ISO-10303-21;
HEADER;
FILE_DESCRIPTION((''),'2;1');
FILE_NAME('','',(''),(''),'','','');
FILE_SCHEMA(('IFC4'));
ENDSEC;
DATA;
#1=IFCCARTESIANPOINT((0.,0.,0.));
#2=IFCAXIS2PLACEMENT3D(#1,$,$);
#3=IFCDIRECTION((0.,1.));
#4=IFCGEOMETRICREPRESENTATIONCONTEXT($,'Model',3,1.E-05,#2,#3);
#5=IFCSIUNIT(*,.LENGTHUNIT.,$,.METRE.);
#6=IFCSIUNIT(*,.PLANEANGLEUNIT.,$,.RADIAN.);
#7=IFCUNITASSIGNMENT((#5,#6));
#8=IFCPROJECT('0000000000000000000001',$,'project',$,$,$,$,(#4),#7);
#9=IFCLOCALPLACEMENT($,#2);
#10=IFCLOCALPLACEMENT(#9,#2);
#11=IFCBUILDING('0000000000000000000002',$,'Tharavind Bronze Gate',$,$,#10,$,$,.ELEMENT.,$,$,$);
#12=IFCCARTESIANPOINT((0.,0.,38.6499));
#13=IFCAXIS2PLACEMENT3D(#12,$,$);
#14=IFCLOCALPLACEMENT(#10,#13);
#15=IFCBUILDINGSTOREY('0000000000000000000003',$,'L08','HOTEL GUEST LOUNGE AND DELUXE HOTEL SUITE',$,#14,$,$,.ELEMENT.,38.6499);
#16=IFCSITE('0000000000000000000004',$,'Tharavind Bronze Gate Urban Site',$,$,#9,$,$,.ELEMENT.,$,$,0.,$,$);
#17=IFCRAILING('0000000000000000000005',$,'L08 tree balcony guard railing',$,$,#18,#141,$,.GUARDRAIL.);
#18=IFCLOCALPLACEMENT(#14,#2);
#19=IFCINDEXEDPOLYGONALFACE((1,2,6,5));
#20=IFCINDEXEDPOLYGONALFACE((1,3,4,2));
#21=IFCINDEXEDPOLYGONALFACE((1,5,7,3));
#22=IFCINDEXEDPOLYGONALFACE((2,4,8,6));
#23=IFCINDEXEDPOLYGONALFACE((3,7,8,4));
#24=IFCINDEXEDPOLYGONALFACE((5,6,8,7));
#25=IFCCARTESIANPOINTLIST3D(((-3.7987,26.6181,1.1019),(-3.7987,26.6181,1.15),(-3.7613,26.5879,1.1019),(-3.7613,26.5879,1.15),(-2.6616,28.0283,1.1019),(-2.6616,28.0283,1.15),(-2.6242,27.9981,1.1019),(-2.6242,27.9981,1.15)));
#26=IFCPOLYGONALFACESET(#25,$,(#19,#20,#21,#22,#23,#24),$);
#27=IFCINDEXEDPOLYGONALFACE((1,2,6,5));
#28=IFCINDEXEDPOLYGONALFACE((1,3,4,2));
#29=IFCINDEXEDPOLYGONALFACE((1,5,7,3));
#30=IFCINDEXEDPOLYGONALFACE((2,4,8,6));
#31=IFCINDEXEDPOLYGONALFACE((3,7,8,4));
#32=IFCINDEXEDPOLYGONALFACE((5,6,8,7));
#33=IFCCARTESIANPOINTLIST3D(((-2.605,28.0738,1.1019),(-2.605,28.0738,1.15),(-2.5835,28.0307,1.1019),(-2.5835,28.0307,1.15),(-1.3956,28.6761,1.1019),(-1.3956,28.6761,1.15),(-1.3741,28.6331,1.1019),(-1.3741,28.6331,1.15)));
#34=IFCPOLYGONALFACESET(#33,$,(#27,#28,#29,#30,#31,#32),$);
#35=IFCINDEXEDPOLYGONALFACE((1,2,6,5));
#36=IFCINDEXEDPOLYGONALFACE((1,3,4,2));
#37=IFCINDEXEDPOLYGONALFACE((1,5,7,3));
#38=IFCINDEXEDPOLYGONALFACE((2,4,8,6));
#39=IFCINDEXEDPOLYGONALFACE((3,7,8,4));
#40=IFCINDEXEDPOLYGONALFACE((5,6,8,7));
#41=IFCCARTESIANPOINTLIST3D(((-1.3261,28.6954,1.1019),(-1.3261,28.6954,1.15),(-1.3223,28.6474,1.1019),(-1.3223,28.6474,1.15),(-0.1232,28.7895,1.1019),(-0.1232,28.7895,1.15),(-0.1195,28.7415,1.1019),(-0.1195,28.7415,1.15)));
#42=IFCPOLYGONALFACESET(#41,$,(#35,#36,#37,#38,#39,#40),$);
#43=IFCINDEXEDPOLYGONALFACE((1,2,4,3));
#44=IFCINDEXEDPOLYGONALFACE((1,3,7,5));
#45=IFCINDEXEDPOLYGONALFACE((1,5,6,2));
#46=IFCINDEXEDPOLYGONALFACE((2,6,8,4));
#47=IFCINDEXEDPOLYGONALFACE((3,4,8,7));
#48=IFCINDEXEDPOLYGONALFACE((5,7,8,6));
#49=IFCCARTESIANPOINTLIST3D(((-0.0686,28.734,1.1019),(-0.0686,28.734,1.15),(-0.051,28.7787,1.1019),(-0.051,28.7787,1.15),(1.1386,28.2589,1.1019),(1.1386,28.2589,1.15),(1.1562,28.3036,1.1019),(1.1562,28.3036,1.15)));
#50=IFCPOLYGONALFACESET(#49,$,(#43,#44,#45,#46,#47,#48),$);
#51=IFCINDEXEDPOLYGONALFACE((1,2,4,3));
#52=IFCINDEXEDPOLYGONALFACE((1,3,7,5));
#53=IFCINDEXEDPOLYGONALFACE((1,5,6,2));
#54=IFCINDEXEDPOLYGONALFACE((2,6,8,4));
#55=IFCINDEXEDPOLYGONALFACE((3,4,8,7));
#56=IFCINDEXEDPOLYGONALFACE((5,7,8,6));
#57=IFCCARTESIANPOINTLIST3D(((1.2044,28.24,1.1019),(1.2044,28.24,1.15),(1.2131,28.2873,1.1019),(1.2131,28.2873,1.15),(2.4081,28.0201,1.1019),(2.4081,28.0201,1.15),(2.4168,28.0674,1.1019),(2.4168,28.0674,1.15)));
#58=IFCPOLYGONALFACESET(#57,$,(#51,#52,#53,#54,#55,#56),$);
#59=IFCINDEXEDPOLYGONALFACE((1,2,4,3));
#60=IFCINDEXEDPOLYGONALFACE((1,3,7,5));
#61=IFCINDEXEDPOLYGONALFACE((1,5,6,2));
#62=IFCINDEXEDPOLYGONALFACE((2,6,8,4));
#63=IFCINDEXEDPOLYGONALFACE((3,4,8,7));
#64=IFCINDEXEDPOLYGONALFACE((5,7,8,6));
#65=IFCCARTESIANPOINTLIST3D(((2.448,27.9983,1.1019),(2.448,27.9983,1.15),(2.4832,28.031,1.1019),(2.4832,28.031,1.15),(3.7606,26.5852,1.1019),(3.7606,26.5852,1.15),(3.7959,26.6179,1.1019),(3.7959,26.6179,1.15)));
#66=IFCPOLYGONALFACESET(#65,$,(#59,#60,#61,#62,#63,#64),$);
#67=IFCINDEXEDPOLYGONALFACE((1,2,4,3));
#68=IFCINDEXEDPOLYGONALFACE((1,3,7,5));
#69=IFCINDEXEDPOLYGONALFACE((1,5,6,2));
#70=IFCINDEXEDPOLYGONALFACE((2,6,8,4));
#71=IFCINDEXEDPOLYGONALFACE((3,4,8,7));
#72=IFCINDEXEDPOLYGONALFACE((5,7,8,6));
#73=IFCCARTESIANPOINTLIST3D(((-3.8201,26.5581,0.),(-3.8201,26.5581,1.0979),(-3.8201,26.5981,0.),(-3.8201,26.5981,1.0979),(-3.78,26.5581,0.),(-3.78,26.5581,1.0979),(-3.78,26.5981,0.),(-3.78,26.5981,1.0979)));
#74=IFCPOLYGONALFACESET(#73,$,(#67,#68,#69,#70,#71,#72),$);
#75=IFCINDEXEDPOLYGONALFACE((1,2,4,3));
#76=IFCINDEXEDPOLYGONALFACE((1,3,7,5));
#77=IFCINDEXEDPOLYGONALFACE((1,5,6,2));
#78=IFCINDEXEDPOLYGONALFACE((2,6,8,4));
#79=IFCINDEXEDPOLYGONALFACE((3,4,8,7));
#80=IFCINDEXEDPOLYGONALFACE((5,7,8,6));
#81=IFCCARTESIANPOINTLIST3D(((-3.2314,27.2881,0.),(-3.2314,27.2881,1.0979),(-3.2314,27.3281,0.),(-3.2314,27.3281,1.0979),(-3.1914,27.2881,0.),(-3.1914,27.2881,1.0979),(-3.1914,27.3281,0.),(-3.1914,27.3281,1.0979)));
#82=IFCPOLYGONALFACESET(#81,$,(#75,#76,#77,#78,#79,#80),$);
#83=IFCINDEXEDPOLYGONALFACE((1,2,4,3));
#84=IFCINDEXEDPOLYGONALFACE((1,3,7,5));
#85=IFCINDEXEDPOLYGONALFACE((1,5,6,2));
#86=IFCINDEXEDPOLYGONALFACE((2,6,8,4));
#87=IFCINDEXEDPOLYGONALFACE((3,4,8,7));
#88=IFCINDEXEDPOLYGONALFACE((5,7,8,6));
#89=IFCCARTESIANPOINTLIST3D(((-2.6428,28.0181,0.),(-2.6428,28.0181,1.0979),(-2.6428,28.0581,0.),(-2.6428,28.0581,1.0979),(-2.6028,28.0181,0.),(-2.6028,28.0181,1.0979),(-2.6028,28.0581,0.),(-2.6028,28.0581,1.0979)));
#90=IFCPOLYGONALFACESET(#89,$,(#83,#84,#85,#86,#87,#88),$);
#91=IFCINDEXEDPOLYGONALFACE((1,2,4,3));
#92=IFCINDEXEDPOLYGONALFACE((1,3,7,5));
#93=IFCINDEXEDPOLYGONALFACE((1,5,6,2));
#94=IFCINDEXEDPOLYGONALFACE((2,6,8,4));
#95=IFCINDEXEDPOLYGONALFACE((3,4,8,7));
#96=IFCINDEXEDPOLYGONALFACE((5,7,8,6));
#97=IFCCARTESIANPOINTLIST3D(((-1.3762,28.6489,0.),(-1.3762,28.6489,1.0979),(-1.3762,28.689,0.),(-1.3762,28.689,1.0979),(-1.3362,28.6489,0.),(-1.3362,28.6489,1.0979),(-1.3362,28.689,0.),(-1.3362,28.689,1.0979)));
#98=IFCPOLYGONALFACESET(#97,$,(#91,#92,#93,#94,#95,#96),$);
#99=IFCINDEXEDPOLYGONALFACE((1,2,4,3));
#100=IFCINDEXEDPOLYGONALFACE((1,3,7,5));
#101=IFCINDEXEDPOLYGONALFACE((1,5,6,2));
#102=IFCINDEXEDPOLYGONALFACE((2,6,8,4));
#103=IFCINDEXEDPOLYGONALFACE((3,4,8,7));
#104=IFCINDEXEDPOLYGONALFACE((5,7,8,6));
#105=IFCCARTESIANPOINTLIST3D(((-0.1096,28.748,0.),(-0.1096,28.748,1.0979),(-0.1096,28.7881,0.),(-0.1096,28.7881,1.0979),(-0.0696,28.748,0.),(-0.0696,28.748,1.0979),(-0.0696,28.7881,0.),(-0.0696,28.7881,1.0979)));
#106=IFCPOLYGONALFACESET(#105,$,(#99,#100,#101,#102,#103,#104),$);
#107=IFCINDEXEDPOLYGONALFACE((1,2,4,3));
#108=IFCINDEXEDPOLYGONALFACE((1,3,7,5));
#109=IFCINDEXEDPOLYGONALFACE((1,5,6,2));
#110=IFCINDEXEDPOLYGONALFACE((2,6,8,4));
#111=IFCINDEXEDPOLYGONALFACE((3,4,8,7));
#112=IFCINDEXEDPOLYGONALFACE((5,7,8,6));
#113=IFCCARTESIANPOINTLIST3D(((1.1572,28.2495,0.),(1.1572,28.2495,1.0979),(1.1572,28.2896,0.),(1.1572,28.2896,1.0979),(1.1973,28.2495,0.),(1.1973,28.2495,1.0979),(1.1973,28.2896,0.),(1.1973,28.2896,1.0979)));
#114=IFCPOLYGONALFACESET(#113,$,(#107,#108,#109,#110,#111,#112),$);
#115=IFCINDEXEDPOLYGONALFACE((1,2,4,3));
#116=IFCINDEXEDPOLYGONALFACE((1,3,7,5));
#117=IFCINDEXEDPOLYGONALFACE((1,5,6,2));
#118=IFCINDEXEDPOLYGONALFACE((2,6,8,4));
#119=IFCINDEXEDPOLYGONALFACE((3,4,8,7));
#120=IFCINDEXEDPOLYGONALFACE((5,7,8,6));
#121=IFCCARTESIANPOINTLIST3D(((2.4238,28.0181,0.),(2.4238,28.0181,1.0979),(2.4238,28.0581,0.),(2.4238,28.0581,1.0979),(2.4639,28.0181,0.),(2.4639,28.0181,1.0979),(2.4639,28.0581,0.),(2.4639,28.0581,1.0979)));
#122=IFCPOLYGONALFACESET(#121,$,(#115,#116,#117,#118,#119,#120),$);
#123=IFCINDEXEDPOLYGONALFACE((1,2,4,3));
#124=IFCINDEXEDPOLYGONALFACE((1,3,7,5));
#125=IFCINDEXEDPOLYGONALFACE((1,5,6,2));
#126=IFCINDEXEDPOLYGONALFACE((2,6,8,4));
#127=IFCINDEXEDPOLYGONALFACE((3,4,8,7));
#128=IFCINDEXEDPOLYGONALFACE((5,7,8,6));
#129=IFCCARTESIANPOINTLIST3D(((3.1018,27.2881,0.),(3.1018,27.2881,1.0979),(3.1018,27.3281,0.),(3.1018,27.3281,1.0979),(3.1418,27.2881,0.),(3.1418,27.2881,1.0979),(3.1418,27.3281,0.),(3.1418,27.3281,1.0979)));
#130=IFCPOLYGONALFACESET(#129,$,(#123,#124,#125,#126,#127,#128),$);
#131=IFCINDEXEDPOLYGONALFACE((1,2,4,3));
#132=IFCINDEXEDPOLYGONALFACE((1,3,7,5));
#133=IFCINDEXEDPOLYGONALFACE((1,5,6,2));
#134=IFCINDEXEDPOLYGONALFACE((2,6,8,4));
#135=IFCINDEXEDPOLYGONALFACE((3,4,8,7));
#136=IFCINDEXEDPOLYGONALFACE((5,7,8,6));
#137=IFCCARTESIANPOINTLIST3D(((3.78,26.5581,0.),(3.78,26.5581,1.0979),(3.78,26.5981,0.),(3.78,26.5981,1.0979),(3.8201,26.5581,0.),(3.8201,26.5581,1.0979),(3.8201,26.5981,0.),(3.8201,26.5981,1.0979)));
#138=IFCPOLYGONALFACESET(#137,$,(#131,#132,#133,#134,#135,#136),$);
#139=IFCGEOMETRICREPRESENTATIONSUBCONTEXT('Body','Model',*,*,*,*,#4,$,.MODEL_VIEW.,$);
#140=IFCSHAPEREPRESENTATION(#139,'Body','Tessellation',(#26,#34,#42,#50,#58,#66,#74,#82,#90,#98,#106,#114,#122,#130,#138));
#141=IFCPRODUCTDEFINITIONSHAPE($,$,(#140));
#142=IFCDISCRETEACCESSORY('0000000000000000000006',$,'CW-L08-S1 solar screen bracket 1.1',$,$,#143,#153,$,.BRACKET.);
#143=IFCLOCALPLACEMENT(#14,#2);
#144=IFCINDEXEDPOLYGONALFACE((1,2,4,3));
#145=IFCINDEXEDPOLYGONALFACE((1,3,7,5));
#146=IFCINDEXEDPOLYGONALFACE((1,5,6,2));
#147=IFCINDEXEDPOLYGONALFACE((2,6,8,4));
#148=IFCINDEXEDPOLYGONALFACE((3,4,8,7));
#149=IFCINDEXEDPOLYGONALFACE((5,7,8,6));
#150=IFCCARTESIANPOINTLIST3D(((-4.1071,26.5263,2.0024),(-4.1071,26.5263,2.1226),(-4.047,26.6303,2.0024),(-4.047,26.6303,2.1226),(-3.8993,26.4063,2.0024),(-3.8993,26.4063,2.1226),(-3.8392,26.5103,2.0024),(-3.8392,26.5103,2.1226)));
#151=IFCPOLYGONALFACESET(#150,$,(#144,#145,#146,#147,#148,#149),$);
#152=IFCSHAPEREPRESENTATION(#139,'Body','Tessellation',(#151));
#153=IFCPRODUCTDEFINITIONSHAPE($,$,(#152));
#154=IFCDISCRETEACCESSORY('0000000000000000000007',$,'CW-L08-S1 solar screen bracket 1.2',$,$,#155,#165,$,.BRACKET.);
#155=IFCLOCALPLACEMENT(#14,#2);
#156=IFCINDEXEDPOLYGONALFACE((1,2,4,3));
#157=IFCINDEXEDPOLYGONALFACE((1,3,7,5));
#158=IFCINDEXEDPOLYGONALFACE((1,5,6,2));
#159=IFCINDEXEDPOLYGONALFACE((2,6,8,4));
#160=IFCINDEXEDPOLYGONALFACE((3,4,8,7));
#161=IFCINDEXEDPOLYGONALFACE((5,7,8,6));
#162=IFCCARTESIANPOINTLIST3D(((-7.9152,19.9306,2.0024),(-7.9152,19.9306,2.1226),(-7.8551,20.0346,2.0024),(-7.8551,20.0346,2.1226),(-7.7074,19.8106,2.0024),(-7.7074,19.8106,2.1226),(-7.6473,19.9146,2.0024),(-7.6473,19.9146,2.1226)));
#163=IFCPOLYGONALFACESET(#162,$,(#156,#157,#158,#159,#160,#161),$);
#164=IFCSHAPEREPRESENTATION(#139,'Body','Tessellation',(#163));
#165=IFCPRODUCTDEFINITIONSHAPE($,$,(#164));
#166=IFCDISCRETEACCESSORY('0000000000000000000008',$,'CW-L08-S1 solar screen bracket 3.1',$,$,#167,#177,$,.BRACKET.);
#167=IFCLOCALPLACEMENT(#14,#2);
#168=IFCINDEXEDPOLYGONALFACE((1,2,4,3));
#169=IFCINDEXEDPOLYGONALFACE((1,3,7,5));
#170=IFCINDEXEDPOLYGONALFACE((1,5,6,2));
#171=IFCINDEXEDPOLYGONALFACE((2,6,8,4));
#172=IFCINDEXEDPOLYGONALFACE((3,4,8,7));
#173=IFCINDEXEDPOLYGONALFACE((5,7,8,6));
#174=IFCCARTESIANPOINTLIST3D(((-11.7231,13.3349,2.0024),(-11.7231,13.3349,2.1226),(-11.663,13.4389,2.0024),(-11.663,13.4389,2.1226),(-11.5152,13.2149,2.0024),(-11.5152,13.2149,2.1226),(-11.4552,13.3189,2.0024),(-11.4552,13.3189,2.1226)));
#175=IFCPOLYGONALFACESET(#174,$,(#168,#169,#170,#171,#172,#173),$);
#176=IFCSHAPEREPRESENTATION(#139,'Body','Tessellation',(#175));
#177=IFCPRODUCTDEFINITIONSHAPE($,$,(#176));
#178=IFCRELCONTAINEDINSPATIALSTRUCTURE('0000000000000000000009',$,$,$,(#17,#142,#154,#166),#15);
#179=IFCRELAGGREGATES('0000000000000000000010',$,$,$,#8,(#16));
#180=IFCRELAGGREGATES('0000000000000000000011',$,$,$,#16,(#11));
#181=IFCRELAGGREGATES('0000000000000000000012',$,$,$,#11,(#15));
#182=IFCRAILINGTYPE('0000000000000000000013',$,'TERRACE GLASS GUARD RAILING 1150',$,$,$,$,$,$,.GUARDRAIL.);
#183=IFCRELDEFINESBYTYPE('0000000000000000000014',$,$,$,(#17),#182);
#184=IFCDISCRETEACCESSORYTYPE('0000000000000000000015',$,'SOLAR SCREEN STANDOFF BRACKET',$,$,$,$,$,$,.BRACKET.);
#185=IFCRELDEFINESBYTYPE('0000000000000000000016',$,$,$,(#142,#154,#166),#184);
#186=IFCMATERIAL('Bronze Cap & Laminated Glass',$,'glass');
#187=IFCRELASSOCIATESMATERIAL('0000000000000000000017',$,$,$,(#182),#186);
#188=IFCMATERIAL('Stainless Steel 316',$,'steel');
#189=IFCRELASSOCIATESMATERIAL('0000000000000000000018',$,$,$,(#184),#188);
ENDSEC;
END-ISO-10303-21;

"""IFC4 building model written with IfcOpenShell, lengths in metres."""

from ifc_helpers import new_model, si_unit, direction, frame, origin, origin_2d, place, context, subcontext, project, spatial, rectangle, extrude, material, type_object, element, save


model = new_model("IFC4")

# Units and contexts
model_context = context("Model", 3, precision=1e-05, world=origin(), true_north=direction((0.0, 1.0)))
body_context = subcontext(model_context, "Body", "Model", "MODEL_VIEW")
ifc_project = project(units=[si_unit("LENGTHUNIT", "METRE"), si_unit("PLANEANGLEUNIT", "RADIAN")], contexts=[model_context])

# Site, building, storey
site_placement = place(None, origin())
site = spatial("IfcSite", under=ifc_project, at=site_placement, Name="Tharavind Bronze Gate Urban Site", CompositionType="ELEMENT", RefElevation=0.0)
building_placement = place(site_placement, origin())
building = spatial("IfcBuilding", under=site, at=building_placement, Name="Tharavind Bronze Gate", CompositionType="ELEMENT")
storey_placement = place(building_placement, frame((0.0, 0.0, 38.6499)))
storey = spatial("IfcBuildingStorey", under=building, at=storey_placement, Name="L08", Description="HOTEL GUEST LOUNGE AND DELUXE HOTEL SUITE", CompositionType="ELEMENT", Elevation=38.6499)

# Railing
ifc_material_1 = material(Name="Bronze Cap & Laminated Glass", Category="glass")
railing_type = type_object("IfcRailingType", Name="TERRACE GLASS GUARD RAILING 1150", PredefinedType="GUARDRAIL", material=ifc_material_1)
railing_placement = place(storey_placement, frame((-3.8, 26.5781, 0.0)))
element("IfcRailing", 1, at=railing_placement, inside=storey, type_object=railing_type, Name="L08 tree balcony guard railing", PredefinedType="GUARDRAIL", context=body_context, shape_type="SweptSolid", body=[
    extrude(rectangle(XDim=0.0481, YDim=0.0481, at=origin_2d()), frame((0.02, 0.0249, 1.126), z_axis=(0.627707, 0.77845, 0.0), x_axis=(-0.77845, 0.627707, 0.0)), (0.0, 0.0, 1.0), 1.8115),
    extrude(rectangle(XDim=0.0481, YDim=0.0481, at=origin_2d()), frame((1.2058, 1.4741, 1.126), z_axis=(0.895116, 0.445833, 0.0), x_axis=(-0.445833, 0.895116, 0.0)), (0.0, 0.0, 1.0), 1.3511),
    extrude(rectangle(XDim=0.0481, YDim=0.0481, at=origin_2d()), frame((2.4758, 2.0933, 1.126), z_axis=(0.996952, 0.078019, 0.0), x_axis=(-0.078019, 0.996952, 0.0)), (0.0, 0.0, 1.0), 1.2065),
    extrude(rectangle(XDim=0.0481, YDim=0.0481, at=origin_2d()), frame((3.7402, 2.1782, 1.126), z_axis=(0.93054, -0.36619, 0.0), x_axis=(0.36619, 0.93054, 0.0)), (0.0, 0.0, 1.0), 1.2974),
    extrude(rectangle(XDim=0.0481, YDim=0.0481, at=origin_2d()), frame((5.0088, 1.6855, 1.126), z_axis=(0.983712, -0.179753, 0.0), x_axis=(0.179753, 0.983712, 0.0)), (0.0, 0.0, 1.0), 1.2236),
    extrude(rectangle(XDim=0.0481, YDim=0.0481, at=origin_2d()), frame((6.2656, 1.4365, 1.126), z_axis=(0.680592, -0.732663, 0.0), x_axis=(0.732663, 0.680592, 0.0)), (0.0, 0.0, 1.0), 1.9287),
    extrude(rectangle(XDim=0.04, YDim=0.04, at=origin_2d()), origin(), (0.0, 0.0, 1.0), 1.0979),
    extrude(rectangle(XDim=0.04, YDim=0.04, at=origin_2d()), frame((0.5886, 0.73, 0.0)), (0.0, 0.0, 1.0), 1.0979),
    extrude(rectangle(XDim=0.04, YDim=0.04, at=origin_2d()), frame((1.1772, 1.46, 0.0)), (0.0, 0.0, 1.0), 1.0979),
    extrude(rectangle(XDim=0.04, YDim=0.04, at=origin_2d()), frame((2.4438, 2.0908, 0.0)), (0.0, 0.0, 1.0), 1.0979),
    extrude(rectangle(XDim=0.04, YDim=0.04, at=origin_2d()), frame((3.7104, 2.1899, 0.0)), (0.0, 0.0, 1.0), 1.0979),
    extrude(rectangle(XDim=0.04, YDim=0.04, at=origin_2d()), frame((4.9773, 1.6914, 0.0)), (0.0, 0.0, 1.0), 1.0979),
    extrude(rectangle(XDim=0.04, YDim=0.04, at=origin_2d()), frame((6.2439, 1.46, 0.0)), (0.0, 0.0, 1.0), 1.0979),
    extrude(rectangle(XDim=0.04, YDim=0.04, at=origin_2d()), frame((6.9219, 0.73, 0.0)), (0.0, 0.0, 1.0), 1.0979),
    extrude(rectangle(XDim=0.04, YDim=0.04, at=origin_2d()), frame((7.6001, 0.0, 0.0)), (0.0, 0.0, 1.0), 1.0979),
])

# Discrete accessories
ifc_material_2 = material(Name="Stainless Steel 316", Category="steel")
discrete_accessory_type = type_object("IfcDiscreteAccessoryType", Name="SOLAR SCREEN STANDOFF BRACKET", PredefinedType="BRACKET", material=ifc_material_2)
for number, where, z_axis, x_axis, name in (
    (2, (-3.9731, 26.5183, 2.0024), (0.0, 0.0, 1.0), (-0.500002, -0.866025, 0.0), "CW-L08-S1 solar screen bracket 1.1"),
    (3, (-7.7812, 19.9226, 2.0024), (0.0, 0.0, 1.0), (-0.500002, -0.866025, 0.0), "CW-L08-S1 solar screen bracket 1.2"),
    (4, (-11.5891, 13.3269, 2.0024), (0.0, 0.0, 1.0), (-0.500002, -0.866025, 0.0), "CW-L08-S1 solar screen bracket 3.1"),
):
    element("IfcDiscreteAccessory", number, at=place(storey_placement, frame(where, z_axis=z_axis, x_axis=x_axis)), inside=storey, type_object=discrete_accessory_type, Name=name, PredefinedType="BRACKET", context=body_context, shape_type="SweptSolid", body=[
        extrude(rectangle(XDim=0.1201, YDim=0.24, at=origin_2d()), origin(), (0.0, 0.0, 1.0), 0.1201),
    ])

save(model, "model.ifc")
